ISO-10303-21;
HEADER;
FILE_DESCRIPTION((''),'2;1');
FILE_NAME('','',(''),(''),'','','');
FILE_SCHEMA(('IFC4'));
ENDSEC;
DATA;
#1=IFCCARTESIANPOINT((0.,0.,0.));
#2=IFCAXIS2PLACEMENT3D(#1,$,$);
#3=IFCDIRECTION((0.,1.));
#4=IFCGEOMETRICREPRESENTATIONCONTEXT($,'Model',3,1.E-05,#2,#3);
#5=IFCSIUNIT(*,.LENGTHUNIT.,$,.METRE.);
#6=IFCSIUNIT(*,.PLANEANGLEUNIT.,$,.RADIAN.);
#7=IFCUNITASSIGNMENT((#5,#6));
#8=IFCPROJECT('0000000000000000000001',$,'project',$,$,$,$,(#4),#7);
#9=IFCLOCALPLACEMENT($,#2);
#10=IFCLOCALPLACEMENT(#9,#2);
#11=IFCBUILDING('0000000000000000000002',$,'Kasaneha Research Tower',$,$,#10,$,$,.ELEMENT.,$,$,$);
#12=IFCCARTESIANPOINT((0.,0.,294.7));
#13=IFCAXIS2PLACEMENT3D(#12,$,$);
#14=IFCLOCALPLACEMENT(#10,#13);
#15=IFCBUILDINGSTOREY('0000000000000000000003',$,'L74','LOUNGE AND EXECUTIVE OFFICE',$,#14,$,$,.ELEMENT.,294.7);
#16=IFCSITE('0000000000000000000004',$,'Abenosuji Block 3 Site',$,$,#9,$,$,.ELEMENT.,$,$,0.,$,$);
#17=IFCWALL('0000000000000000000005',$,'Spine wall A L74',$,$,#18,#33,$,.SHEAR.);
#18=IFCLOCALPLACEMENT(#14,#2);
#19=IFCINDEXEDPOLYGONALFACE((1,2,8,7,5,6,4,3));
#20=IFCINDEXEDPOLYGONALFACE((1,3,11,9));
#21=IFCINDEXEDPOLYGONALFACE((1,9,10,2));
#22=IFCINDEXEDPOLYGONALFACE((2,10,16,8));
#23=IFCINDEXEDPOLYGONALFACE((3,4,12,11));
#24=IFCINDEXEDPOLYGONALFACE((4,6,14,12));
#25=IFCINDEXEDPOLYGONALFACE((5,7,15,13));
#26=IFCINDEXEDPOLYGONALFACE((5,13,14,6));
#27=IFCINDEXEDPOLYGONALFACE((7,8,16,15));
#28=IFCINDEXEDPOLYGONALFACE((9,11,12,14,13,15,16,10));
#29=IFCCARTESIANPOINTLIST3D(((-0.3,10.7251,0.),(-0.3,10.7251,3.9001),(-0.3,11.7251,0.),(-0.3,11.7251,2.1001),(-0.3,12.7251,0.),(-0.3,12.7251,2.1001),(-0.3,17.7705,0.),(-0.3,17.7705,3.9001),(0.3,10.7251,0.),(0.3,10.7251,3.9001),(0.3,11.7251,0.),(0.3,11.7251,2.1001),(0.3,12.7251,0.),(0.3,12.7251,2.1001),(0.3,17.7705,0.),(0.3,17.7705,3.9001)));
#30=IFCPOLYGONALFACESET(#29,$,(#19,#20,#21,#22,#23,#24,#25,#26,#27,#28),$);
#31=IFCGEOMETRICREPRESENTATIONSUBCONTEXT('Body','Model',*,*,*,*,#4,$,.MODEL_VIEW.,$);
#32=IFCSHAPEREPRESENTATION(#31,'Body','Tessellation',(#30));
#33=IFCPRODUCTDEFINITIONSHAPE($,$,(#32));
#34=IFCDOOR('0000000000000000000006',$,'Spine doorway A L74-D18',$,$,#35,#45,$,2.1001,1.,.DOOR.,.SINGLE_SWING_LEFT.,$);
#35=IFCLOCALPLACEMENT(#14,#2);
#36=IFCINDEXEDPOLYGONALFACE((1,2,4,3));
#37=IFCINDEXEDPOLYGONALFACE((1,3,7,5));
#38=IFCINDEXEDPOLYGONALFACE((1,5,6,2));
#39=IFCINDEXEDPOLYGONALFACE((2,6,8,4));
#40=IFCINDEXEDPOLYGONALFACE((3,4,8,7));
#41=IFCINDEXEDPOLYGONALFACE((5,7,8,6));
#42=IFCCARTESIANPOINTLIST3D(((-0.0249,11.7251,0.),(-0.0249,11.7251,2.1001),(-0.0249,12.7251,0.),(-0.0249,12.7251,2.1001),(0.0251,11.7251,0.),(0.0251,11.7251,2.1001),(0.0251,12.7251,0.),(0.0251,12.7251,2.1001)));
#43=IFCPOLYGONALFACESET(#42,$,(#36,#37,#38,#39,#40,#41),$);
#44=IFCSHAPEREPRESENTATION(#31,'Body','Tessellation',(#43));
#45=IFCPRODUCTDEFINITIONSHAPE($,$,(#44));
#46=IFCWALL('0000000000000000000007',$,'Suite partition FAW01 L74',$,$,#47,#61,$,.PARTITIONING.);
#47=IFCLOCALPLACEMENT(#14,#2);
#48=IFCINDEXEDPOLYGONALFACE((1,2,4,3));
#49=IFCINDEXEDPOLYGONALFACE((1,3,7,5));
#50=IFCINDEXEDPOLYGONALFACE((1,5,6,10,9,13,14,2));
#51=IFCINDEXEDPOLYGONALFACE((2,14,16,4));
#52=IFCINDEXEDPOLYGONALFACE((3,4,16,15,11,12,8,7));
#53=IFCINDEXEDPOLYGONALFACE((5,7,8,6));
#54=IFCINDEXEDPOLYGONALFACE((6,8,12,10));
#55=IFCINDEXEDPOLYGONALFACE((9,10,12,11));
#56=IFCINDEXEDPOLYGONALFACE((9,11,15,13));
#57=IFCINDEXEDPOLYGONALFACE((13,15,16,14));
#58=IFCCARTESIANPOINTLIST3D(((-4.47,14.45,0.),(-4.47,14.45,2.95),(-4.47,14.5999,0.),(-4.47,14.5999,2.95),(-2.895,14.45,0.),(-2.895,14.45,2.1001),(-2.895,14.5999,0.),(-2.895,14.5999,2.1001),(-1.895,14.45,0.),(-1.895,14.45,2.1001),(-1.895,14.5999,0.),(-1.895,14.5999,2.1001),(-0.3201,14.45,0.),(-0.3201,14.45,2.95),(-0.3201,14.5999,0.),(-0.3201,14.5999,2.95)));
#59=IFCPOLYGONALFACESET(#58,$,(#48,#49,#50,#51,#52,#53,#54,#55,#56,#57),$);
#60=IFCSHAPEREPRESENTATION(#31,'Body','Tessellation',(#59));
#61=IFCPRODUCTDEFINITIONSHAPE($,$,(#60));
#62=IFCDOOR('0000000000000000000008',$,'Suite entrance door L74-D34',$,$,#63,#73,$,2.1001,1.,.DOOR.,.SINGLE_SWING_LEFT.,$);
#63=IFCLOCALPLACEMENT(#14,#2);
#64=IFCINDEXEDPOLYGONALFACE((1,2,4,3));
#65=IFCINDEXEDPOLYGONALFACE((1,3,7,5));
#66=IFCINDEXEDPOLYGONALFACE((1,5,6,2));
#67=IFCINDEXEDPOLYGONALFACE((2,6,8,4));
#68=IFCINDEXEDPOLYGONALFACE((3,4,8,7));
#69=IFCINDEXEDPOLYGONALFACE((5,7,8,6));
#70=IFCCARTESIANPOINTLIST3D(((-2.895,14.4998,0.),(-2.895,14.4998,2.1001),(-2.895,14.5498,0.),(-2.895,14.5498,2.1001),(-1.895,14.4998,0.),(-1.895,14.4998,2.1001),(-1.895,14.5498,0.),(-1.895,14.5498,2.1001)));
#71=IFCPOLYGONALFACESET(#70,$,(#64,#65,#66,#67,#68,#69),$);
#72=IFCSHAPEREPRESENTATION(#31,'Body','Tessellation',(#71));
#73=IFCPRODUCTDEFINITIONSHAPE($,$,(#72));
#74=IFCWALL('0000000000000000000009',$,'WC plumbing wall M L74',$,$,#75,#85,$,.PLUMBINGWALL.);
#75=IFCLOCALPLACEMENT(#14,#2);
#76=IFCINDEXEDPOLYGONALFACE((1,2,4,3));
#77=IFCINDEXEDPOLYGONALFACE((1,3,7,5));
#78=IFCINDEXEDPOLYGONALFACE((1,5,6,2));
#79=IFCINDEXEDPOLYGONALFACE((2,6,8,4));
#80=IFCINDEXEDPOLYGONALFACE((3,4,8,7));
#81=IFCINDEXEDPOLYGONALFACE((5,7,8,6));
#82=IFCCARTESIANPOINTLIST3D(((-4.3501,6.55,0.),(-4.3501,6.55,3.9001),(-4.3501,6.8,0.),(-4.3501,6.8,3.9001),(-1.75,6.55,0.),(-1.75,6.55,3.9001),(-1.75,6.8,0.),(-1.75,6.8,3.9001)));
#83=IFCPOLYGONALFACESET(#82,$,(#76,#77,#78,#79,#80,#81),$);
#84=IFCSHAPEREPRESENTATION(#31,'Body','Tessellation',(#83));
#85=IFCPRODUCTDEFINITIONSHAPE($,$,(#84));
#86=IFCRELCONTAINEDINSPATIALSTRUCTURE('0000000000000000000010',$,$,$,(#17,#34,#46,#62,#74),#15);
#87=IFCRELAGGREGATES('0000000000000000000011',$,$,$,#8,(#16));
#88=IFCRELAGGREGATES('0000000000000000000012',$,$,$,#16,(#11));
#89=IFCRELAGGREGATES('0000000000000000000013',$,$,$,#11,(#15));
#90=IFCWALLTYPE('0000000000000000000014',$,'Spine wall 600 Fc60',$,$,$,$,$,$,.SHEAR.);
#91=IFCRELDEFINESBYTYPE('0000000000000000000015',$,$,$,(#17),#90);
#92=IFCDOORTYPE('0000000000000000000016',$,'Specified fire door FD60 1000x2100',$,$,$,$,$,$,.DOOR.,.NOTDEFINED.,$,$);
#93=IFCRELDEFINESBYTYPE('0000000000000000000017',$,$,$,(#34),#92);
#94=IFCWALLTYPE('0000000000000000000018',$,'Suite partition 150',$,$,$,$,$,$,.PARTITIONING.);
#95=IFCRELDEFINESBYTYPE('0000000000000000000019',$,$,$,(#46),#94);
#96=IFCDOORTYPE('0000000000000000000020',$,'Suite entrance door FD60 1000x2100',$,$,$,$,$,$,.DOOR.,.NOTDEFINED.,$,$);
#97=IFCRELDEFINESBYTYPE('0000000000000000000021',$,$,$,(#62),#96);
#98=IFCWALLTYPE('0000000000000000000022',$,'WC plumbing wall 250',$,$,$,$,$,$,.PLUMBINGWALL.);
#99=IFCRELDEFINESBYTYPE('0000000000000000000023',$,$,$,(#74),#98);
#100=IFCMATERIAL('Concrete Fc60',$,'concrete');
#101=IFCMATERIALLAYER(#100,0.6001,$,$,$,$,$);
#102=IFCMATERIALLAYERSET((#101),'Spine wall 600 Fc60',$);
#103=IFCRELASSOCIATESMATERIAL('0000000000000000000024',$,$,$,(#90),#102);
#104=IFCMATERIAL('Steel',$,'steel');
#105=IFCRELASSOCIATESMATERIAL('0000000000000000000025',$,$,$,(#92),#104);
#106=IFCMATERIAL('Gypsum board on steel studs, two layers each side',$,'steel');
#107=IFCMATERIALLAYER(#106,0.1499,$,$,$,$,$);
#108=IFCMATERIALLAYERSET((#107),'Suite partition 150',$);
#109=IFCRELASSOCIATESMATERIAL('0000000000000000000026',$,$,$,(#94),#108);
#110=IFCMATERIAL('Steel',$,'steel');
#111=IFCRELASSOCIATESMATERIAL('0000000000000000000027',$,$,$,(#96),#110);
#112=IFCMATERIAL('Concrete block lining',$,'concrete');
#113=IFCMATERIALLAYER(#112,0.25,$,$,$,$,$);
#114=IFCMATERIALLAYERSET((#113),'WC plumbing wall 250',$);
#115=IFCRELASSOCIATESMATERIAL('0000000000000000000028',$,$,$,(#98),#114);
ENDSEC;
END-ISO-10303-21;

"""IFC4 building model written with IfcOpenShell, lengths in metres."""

from ifc_helpers import new_model, si_unit, direction, frame, frame_2d, origin, place, context, subcontext, project, spatial, rectangle, extrude, material, layer, layer_set, type_object, element, fill, save


model = new_model("IFC4")

# Units and contexts
model_context = context("Model", 3, precision=1e-05, world=origin(), true_north=direction((0.0, 1.0)))
body_context = subcontext(model_context, "Body", "Model", "MODEL_VIEW")
ifc_project = project(units=[si_unit("LENGTHUNIT", "METRE"), si_unit("PLANEANGLEUNIT", "RADIAN")], contexts=[model_context])

# Site, building, storey
site_placement = place(None, origin())
site = spatial("IfcSite", under=ifc_project, at=site_placement, Name="Abenosuji Block 3 Site", CompositionType="ELEMENT", RefElevation=0.0)
building_placement = place(site_placement, origin())
building = spatial("IfcBuilding", under=site, at=building_placement, Name="Kasaneha Research Tower", CompositionType="ELEMENT")
storey_placement = place(building_placement, frame((0.0, 0.0, 294.7)))
storey = spatial("IfcBuildingStorey", under=building, at=storey_placement, Name="L74", Description="LOUNGE AND EXECUTIVE OFFICE", CompositionType="ELEMENT", Elevation=294.7)

# Walls, openings, doors
ifc_material_1 = material(Name="Concrete Fc60", Category="concrete")
ifc_layer_1 = layer(ifc_material_1, 0.6001)
ifc_layer_set_1 = layer_set([ifc_layer_1], Name="Spine wall 600 Fc60")
wall_type_1 = type_object("IfcWallType", Name="Spine wall 600 Fc60", PredefinedType="SHEAR", material=ifc_layer_set_1)
wall_1_placement = place(storey_placement, frame((0.0, 10.7251, 0.0), z_axis=(0.0, 0.0, 1.0), x_axis=(0.0, 1.0, 0.0)))
wall_1 = element("IfcWall", 1, at=wall_1_placement, inside=storey, type_object=wall_type_1, Name="Spine wall A L74", PredefinedType="SHEAR", context=body_context, shape_type="SweptSolid", body=[
    extrude(rectangle(XDim=7.0454, YDim=0.6001, at=frame_2d((3.5227, 0.0))), origin(), (0.0, 0.0, 1.0), 3.9001),
])
opening_1_placement = place(wall_1_placement, frame((1.0, 0.0, 0.0)))
opening_1 = element("IfcOpeningElement", 2, at=opening_1_placement, cuts=wall_1, PredefinedType="OPENING", context=body_context, shape_type="SweptSolid", body=[
    extrude(rectangle(XDim=1.0, YDim=2.1001, at=frame_2d((0.5, 1.05))), frame((0.0, 0.3101, 0.0), z_axis=(0.0, -1.0, 0.0), x_axis=(1.0, 0.0, 0.0)), (0.0, 0.0, 1.0), 0.6201),
])
ifc_material_2 = material(Name="Steel", Category="steel")
door_type_1 = type_object("IfcDoorType", Name="Specified fire door FD60 1000x2100", OperationType="NOTDEFINED", PredefinedType="DOOR", material=ifc_material_2)
door_1_placement = place(opening_1_placement, origin())
door_1 = element("IfcDoor", 3, at=door_1_placement, inside=storey, type_object=door_type_1, Name="Spine doorway A L74-D18", OperationType="SINGLE_SWING_LEFT", OverallHeight=2.1001, OverallWidth=1.0, PredefinedType="DOOR", context=body_context, shape_type="SweptSolid", body=[
    extrude(rectangle(XDim=1.0, YDim=2.1001, at=frame_2d((0.5, 1.05))), frame((0.0, 0.0249, 0.0), z_axis=(0.0, -1.0, 0.0), x_axis=(1.0, 0.0, 0.0)), (0.0, 0.0, 1.0), 0.05),
])
fill(opening_1, door_1)
ifc_material_3 = material(Name="Gypsum board on steel studs, two layers each side", Category="steel")
ifc_layer_2 = layer(ifc_material_3, 0.1499)
ifc_layer_set_2 = layer_set([ifc_layer_2], Name="Suite partition 150")
wall_type_2 = type_object("IfcWallType", Name="Suite partition 150", PredefinedType="PARTITIONING", material=ifc_layer_set_2)
wall_2_placement = place(storey_placement, frame((-4.47, 14.5249, 0.0), z_axis=(0.0, 0.0, 1.0), x_axis=(1.0, 0.0, 0.0)))
wall_2 = element("IfcWall", 4, at=wall_2_placement, inside=storey, type_object=wall_type_2, Name="Suite partition FAW01 L74", PredefinedType="PARTITIONING", context=body_context, shape_type="SweptSolid", body=[
    extrude(rectangle(XDim=4.1499, YDim=0.1499, at=frame_2d((2.075, 0.0))), origin(), (0.0, 0.0, 1.0), 2.95),
])
opening_2_placement = place(wall_2_placement, frame((1.575, 0.0, 0.0)))
opening_2 = element("IfcOpeningElement", 5, at=opening_2_placement, cuts=wall_2, PredefinedType="OPENING", context=body_context, shape_type="SweptSolid", body=[
    extrude(rectangle(XDim=1.0, YDim=2.1001, at=frame_2d((0.5, 1.05))), frame((0.0, 0.085, 0.0), z_axis=(0.0, -1.0, 0.0), x_axis=(1.0, 0.0, 0.0)), (0.0, 0.0, 1.0), 0.1699),
])
ifc_material_4 = material(Name="Steel", Category="steel")
door_type_2 = type_object("IfcDoorType", Name="Suite entrance door FD60 1000x2100", OperationType="NOTDEFINED", PredefinedType="DOOR", material=ifc_material_4)
door_2_placement = place(opening_2_placement, origin())
door_2 = element("IfcDoor", 6, at=door_2_placement, inside=storey, type_object=door_type_2, Name="Suite entrance door L74-D34", OperationType="SINGLE_SWING_LEFT", OverallHeight=2.1001, OverallWidth=1.0, PredefinedType="DOOR", context=body_context, shape_type="SweptSolid", body=[
    extrude(rectangle(XDim=1.0, YDim=2.1001, at=frame_2d((0.5, 1.05))), frame((0.0, 0.0249, 0.0), z_axis=(0.0, -1.0, 0.0), x_axis=(1.0, 0.0, 0.0)), (0.0, 0.0, 1.0), 0.05),
])
fill(opening_2, door_2)

# Wall
ifc_material_5 = material(Name="Concrete block lining", Category="concrete")
ifc_layer_3 = layer(ifc_material_5, 0.25)
ifc_layer_set_3 = layer_set([ifc_layer_3], Name="WC plumbing wall 250")
wall_type_3 = type_object("IfcWallType", Name="WC plumbing wall 250", PredefinedType="PLUMBINGWALL", material=ifc_layer_set_3)
wall_3_placement = place(storey_placement, frame((-4.3501, 6.675, 0.0), z_axis=(0.0, 0.0, 1.0), x_axis=(1.0, 0.0, 0.0)))
element("IfcWall", 7, at=wall_3_placement, inside=storey, type_object=wall_type_3, Name="WC plumbing wall M L74", PredefinedType="PLUMBINGWALL", context=body_context, shape_type="SweptSolid", body=[
    extrude(rectangle(XDim=2.6001, YDim=0.25, at=frame_2d((1.3, 0.0))), origin(), (0.0, 0.0, 1.0), 3.9001),
])

save(model, "model.ifc")
